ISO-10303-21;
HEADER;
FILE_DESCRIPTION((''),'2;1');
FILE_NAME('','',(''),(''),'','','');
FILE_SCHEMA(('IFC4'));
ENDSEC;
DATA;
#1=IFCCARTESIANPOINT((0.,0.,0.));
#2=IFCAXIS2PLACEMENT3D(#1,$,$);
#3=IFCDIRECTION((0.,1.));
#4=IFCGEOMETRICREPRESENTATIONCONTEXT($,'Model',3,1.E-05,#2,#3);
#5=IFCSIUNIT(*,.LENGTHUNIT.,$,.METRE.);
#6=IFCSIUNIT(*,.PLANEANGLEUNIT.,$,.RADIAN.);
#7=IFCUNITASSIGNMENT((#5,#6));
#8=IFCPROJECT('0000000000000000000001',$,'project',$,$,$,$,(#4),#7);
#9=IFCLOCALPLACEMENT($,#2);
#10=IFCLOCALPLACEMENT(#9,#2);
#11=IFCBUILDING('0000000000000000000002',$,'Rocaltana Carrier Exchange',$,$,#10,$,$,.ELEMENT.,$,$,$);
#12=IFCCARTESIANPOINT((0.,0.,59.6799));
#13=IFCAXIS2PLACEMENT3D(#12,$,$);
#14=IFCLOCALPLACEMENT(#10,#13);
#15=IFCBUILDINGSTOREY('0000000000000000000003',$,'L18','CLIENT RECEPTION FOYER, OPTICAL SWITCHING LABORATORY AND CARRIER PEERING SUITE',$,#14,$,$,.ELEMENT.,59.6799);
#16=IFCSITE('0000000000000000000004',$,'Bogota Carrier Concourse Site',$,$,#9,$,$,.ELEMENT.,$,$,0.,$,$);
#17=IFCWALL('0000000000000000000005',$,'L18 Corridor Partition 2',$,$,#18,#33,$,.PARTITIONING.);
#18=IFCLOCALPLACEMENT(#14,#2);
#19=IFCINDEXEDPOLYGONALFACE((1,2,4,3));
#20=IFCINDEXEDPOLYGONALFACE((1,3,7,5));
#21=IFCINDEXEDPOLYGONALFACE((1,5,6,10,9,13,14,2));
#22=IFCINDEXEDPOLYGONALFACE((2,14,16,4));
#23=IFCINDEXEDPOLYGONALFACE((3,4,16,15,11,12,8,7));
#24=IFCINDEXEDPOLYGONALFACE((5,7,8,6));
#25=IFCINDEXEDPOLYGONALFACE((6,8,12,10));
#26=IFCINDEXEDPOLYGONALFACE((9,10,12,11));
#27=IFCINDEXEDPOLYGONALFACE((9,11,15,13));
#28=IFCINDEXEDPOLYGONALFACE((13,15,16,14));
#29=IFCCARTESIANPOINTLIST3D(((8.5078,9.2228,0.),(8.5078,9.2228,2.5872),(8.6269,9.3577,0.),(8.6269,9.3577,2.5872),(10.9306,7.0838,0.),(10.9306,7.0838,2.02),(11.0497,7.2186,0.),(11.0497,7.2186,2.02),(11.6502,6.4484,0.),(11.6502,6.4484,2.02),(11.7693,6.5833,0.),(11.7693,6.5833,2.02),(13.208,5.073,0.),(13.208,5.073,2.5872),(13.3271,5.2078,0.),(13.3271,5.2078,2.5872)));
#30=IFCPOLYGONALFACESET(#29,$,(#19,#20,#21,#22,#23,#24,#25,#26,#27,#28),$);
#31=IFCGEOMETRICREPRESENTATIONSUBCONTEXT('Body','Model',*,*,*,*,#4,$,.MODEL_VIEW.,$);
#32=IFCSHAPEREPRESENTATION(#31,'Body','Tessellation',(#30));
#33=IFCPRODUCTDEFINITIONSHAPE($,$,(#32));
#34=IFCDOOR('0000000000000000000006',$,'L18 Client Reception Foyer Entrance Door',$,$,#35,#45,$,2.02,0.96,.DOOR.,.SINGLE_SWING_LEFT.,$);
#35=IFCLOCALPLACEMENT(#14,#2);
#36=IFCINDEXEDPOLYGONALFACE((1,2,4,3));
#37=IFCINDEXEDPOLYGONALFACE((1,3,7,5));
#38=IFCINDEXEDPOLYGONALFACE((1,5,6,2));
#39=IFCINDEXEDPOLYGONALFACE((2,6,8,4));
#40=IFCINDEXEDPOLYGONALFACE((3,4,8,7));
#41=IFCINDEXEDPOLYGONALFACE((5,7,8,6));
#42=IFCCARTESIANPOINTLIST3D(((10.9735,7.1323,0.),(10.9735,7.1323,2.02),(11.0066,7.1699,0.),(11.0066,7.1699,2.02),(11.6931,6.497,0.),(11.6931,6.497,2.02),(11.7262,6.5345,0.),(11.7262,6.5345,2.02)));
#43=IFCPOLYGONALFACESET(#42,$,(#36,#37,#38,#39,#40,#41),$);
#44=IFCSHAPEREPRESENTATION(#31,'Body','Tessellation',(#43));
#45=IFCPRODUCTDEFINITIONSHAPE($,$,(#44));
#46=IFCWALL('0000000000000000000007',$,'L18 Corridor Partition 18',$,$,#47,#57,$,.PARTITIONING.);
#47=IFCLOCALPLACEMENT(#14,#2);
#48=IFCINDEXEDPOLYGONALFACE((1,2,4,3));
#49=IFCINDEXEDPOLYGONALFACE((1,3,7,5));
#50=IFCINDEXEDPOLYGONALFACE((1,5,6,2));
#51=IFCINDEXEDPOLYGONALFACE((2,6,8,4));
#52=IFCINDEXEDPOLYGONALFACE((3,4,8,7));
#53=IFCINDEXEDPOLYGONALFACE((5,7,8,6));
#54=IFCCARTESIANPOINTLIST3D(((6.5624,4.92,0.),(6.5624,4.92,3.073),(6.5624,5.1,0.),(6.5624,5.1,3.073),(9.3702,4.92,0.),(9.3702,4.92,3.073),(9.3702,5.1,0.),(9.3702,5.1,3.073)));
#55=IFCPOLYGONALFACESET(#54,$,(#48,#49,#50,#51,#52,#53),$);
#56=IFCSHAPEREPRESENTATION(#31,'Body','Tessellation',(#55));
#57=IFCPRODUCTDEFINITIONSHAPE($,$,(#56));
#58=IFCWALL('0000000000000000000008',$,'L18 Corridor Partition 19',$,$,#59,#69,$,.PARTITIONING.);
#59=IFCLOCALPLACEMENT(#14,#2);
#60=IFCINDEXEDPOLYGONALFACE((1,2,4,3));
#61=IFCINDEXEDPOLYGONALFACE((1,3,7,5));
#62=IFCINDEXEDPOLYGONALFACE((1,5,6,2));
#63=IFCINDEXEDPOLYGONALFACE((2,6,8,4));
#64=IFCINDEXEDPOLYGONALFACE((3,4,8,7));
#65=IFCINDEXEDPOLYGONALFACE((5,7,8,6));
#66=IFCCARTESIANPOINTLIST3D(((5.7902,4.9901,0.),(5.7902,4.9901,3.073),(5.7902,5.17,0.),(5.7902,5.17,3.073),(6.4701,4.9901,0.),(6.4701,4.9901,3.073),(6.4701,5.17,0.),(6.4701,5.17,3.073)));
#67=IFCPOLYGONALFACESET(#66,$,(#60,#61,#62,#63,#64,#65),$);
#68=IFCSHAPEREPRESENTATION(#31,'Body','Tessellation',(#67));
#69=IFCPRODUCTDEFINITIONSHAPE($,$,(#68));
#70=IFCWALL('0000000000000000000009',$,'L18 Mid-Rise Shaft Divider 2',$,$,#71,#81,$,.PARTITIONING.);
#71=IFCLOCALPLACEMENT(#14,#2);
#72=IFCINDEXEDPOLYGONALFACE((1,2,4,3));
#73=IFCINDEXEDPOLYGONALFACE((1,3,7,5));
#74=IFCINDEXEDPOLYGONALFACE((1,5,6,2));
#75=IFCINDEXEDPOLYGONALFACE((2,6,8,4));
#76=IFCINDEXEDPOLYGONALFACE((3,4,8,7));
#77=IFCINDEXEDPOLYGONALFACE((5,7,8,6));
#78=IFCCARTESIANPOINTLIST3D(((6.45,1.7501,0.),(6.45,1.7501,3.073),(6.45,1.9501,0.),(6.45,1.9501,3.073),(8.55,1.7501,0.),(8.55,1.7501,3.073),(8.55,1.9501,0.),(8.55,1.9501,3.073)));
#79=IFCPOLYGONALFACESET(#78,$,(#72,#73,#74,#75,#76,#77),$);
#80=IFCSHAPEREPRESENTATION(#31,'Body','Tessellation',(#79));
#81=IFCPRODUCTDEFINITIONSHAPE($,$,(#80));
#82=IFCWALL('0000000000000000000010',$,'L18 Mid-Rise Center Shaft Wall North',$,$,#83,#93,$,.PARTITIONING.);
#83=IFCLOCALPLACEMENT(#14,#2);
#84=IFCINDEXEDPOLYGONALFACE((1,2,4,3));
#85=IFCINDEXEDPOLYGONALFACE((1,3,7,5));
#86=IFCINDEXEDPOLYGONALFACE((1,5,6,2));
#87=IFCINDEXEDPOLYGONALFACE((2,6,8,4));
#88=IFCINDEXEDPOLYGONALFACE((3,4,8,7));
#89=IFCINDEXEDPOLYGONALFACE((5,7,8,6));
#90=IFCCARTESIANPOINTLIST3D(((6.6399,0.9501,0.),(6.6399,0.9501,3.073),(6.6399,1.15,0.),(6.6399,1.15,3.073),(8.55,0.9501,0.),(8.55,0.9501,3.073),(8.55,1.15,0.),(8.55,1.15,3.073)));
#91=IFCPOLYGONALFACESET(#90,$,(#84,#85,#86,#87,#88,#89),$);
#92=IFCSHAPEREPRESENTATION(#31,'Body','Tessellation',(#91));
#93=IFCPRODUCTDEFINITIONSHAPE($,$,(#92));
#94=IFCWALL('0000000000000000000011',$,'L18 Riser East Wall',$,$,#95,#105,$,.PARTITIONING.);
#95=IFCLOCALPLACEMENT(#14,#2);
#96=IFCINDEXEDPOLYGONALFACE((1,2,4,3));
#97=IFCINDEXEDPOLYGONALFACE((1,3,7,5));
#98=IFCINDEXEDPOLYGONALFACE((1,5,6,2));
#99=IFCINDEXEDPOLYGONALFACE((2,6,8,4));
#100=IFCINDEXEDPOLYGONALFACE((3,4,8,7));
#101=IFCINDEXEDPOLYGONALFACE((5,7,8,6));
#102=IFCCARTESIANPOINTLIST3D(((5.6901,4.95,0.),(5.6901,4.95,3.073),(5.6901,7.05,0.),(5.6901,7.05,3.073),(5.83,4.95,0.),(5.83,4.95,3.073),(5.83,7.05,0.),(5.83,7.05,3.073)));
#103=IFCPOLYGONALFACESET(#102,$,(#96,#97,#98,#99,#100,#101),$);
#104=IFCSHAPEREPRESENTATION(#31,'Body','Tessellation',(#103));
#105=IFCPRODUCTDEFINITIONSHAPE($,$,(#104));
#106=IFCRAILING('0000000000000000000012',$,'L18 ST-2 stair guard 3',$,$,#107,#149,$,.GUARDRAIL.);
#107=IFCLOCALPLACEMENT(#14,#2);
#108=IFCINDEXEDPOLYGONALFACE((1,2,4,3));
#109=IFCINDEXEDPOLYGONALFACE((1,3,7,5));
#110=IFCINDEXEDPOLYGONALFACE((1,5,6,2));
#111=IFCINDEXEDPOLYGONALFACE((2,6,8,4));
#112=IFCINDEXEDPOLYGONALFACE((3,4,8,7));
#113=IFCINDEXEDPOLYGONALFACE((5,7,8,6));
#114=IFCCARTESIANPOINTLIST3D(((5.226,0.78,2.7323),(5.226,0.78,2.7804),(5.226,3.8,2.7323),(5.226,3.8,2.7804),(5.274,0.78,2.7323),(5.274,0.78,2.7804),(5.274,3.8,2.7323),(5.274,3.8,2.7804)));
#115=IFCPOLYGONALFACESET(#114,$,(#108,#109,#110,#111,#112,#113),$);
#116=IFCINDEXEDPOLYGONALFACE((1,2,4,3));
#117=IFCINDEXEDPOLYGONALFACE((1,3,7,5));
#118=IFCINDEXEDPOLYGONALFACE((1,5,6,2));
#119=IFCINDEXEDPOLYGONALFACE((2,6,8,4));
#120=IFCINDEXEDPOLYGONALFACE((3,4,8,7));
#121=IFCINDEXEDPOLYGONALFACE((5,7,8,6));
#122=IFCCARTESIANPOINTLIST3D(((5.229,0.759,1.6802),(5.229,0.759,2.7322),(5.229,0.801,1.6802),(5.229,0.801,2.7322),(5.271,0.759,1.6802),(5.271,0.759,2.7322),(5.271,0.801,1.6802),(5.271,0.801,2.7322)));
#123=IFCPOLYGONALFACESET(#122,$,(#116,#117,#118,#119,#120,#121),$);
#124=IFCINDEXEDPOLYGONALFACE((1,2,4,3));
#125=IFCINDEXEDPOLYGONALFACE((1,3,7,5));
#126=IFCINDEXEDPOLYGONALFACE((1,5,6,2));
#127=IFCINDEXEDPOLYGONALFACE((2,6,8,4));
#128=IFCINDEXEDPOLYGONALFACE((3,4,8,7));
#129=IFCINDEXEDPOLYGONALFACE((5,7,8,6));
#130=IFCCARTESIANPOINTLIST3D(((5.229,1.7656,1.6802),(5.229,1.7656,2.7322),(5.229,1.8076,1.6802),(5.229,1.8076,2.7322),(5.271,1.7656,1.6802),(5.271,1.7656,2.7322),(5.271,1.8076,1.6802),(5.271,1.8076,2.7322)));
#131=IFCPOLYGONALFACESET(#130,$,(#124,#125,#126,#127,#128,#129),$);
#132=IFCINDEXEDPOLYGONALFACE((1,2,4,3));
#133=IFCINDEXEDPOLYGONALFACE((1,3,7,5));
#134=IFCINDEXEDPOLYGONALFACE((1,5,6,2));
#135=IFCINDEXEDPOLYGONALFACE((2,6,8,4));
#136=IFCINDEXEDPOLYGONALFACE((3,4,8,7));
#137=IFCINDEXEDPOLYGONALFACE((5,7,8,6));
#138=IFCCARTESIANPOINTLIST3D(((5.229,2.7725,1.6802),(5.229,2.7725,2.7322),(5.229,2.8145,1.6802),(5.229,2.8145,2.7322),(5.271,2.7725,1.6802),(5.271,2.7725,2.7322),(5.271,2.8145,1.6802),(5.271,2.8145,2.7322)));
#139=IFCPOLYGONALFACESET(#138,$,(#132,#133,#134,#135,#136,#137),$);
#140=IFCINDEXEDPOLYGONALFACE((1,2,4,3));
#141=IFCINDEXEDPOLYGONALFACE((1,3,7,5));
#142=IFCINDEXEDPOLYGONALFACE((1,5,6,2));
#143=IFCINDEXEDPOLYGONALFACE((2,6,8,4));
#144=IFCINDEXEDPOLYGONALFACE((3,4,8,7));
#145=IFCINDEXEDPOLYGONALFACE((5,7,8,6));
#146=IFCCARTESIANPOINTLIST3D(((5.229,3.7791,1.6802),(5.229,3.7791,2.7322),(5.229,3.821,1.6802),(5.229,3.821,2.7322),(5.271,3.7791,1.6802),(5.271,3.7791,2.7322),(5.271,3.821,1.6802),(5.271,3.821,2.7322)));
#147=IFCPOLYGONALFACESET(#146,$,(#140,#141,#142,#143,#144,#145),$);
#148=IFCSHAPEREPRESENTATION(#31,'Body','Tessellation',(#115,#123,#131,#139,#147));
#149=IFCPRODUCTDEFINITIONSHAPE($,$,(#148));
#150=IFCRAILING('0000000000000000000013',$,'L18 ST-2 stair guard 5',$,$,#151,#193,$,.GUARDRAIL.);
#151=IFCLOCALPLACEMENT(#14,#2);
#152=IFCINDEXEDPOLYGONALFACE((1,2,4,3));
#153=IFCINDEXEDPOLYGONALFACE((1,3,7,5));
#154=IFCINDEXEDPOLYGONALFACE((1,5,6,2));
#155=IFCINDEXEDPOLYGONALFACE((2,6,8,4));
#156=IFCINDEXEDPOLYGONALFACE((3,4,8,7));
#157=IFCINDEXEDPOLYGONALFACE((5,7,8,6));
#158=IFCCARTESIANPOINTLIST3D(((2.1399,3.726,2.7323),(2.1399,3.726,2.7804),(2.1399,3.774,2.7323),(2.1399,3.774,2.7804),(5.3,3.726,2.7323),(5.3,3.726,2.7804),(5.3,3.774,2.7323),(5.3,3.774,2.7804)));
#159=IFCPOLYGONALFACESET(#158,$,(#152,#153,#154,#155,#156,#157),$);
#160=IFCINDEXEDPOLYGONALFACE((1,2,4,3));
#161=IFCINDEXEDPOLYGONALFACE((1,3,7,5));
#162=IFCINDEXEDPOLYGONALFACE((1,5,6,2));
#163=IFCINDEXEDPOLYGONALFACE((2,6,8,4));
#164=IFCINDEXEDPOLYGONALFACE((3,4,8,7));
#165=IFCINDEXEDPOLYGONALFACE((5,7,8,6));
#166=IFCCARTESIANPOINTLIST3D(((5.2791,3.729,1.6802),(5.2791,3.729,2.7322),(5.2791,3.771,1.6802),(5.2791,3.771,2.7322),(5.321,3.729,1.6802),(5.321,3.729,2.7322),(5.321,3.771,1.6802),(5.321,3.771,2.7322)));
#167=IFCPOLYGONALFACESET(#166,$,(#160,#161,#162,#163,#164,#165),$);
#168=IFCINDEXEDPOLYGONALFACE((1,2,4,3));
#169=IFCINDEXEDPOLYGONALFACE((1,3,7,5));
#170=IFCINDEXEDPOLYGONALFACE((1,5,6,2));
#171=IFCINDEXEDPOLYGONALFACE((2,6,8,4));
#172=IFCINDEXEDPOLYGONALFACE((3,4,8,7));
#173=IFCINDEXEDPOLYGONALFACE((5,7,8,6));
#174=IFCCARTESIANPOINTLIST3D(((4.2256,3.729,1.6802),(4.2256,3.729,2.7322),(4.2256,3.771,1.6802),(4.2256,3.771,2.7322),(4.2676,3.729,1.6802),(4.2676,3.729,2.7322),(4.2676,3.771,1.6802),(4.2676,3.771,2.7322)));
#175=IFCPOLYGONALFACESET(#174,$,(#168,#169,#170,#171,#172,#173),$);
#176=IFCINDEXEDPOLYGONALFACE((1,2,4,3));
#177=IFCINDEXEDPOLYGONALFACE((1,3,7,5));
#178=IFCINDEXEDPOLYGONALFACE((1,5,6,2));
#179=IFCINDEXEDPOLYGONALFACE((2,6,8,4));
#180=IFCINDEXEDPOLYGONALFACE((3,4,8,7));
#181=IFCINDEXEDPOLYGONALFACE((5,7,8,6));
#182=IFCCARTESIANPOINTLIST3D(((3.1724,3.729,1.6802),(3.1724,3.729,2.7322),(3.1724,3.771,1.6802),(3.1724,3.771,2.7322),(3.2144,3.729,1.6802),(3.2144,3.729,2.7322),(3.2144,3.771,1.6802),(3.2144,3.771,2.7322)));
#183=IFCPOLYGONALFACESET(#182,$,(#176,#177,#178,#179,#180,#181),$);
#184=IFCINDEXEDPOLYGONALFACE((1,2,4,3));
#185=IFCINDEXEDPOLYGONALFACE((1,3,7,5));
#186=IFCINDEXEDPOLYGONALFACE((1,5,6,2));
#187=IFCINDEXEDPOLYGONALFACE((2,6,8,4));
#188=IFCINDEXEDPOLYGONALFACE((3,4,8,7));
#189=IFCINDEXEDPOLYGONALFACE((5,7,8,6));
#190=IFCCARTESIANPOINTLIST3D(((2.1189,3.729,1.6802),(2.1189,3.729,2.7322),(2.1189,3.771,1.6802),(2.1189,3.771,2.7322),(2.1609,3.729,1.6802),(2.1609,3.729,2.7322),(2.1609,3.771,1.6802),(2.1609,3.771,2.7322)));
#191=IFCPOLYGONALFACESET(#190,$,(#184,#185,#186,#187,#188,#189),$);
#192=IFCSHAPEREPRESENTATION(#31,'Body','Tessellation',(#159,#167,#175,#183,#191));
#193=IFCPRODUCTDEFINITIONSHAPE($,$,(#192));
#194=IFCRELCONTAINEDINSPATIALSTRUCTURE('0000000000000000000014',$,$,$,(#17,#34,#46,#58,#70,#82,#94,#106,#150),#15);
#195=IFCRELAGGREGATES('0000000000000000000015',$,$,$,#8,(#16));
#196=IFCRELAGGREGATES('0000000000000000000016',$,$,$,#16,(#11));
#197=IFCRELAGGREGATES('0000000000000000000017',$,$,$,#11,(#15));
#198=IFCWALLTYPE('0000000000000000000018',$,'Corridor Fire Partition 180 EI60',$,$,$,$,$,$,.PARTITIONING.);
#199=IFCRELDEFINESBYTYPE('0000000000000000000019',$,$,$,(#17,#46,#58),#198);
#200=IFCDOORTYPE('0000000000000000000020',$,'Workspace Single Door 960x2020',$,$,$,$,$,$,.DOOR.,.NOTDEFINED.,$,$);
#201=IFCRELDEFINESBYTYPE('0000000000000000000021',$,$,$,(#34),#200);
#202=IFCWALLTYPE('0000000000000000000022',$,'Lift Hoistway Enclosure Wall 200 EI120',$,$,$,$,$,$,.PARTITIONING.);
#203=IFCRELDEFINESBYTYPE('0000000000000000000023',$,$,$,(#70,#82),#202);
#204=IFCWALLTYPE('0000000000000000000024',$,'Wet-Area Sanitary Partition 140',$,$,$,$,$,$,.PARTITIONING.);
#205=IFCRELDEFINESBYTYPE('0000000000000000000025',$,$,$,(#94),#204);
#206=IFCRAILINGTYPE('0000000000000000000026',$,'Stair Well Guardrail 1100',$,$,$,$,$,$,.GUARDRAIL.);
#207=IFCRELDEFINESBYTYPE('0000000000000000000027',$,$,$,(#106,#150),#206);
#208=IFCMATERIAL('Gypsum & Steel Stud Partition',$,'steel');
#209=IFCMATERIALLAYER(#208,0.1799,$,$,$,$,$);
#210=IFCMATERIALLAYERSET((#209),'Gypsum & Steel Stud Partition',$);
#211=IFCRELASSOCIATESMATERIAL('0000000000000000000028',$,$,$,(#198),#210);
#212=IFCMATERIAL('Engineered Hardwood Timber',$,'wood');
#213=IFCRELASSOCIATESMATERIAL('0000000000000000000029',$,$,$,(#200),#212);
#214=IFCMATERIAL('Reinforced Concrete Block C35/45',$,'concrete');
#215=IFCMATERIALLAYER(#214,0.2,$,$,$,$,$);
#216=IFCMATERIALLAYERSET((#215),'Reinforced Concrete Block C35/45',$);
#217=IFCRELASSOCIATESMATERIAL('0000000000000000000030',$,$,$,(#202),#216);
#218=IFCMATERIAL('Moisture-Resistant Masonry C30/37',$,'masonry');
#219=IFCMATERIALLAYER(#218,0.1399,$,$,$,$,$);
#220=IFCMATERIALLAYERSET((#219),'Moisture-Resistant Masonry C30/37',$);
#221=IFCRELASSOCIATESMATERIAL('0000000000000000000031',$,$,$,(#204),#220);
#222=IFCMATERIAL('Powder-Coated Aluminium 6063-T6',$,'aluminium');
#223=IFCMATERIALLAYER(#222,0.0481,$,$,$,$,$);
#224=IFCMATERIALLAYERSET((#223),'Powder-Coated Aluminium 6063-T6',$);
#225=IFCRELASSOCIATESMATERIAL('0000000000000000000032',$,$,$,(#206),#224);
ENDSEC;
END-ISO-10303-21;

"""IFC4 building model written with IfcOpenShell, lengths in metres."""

from ifc_helpers import new_model, si_unit, direction, frame, frame_2d, origin, origin_2d, place, context, subcontext, project, spatial, rectangle, extrude, material, layer, layer_set, type_object, element, fill, save


model = new_model("IFC4")

# Units and contexts
model_context = context("Model", 3, precision=1e-05, world=origin(), true_north=direction((0.0, 1.0)))
body_context = subcontext(model_context, "Body", "Model", "MODEL_VIEW")
ifc_project = project(units=[si_unit("LENGTHUNIT", "METRE"), si_unit("PLANEANGLEUNIT", "RADIAN")], contexts=[model_context])

# Site, building, storey
site_placement = place(None, origin())
site = spatial("IfcSite", under=ifc_project, at=site_placement, Name="Bogota Carrier Concourse Site", CompositionType="ELEMENT", RefElevation=0.0)
building_placement = place(site_placement, origin())
building = spatial("IfcBuilding", under=site, at=building_placement, Name="Rocaltana Carrier Exchange", CompositionType="ELEMENT")
storey_placement = place(building_placement, frame((0.0, 0.0, 59.6799)))
storey = spatial("IfcBuildingStorey", under=building, at=storey_placement, Name="L18", Description="CLIENT RECEPTION FOYER, OPTICAL SWITCHING LABORATORY AND CARRIER PEERING SUITE", CompositionType="ELEMENT", Elevation=59.6799)

# Wall, opening, door
ifc_material_1 = material(Name="Gypsum & Steel Stud Partition", Category="steel")
ifc_layer_1 = layer(ifc_material_1, 0.1799)
ifc_layer_set_1 = layer_set([ifc_layer_1], Name="Gypsum & Steel Stud Partition")
wall_type_1 = type_object("IfcWallType", Name="Corridor Fire Partition 180 EI60", PredefinedType="PARTITIONING", material=ifc_layer_set_1)
wall_1_placement = place(storey_placement, frame((8.5674, 9.2903, 0.0), z_axis=(0.0, 0.0, 1.0), x_axis=(0.749626, -0.661861, 0.0)))
wall_1 = element("IfcWall", 1, at=wall_1_placement, inside=storey, type_object=wall_type_1, Name="L18 Corridor Partition 2", PredefinedType="PARTITIONING", context=body_context, shape_type="SweptSolid", body=[
    extrude(rectangle(XDim=6.27, YDim=0.1799, at=frame_2d((3.135, 0.0))), origin(), (0.0, 0.0, 1.0), 2.5872),
])
opening_placement = place(wall_1_placement, frame((3.2319, 0.0, 0.0)))
opening = element("IfcOpeningElement", 2, at=opening_placement, cuts=wall_1, PredefinedType="OPENING", context=body_context, shape_type="SweptSolid", body=[
    extrude(rectangle(XDim=0.96, YDim=2.02, at=frame_2d((0.48, 1.01))), frame((0.0, 0.0999, 0.0), z_axis=(0.0, -1.0, 0.0), x_axis=(1.0, 0.0, 0.0)), (0.0, 0.0, 1.0), 0.2),
])
ifc_material_2 = material(Name="Engineered Hardwood Timber", Category="wood")
door_type = type_object("IfcDoorType", Name="Workspace Single Door 960x2020", OperationType="NOTDEFINED", PredefinedType="DOOR", material=ifc_material_2)
door_placement = place(opening_placement, origin())
door = element("IfcDoor", 3, at=door_placement, inside=storey, type_object=door_type, Name="L18 Client Reception Foyer Entrance Door", OperationType="SINGLE_SWING_LEFT", OverallHeight=2.02, OverallWidth=0.96, PredefinedType="DOOR", context=body_context, shape_type="SweptSolid", body=[
    extrude(rectangle(XDim=0.96, YDim=2.02, at=frame_2d((0.48, 1.01))), frame((0.0, 0.0249, 0.0), z_axis=(0.0, -1.0, 0.0), x_axis=(1.0, 0.0, 0.0)), (0.0, 0.0, 1.0), 0.05),
])
fill(opening, door)

# Walls
wall_2_placement = place(storey_placement, frame((9.3701, 5.01, 0.0), z_axis=(0.0, 0.0, 1.0), x_axis=(-1.0, 0.0, 0.0)))
element("IfcWall", 4, at=wall_2_placement, inside=storey, type_object=wall_type_1, Name="L18 Corridor Partition 18", PredefinedType="PARTITIONING", context=body_context, shape_type="SweptSolid", body=[
    extrude(rectangle(XDim=2.8079, YDim=0.1799, at=frame_2d((1.4038, 0.0))), origin(), (0.0, 0.0, 1.0), 3.073),
])
wall_3_placement = place(storey_placement, frame((6.47, 5.0801, 0.0), z_axis=(0.0, 0.0, 1.0), x_axis=(-1.0, 0.0, 0.0)))
element("IfcWall", 5, at=wall_3_placement, inside=storey, type_object=wall_type_1, Name="L18 Corridor Partition 19", PredefinedType="PARTITIONING", context=body_context, shape_type="SweptSolid", body=[
    extrude(rectangle(XDim=0.6799, YDim=0.1799, at=frame_2d((0.3398, 0.0))), origin(), (0.0, 0.0, 1.0), 3.073),
])
ifc_material_3 = material(Name="Reinforced Concrete Block C35/45", Category="concrete")
ifc_layer_2 = layer(ifc_material_3, 0.2)
ifc_layer_set_2 = layer_set([ifc_layer_2], Name="Reinforced Concrete Block C35/45")
wall_type_2 = type_object("IfcWallType", Name="Lift Hoistway Enclosure Wall 200 EI120", PredefinedType="PARTITIONING", material=ifc_layer_set_2)
wall_4_placement = place(storey_placement, frame((6.45, 1.8501, 0.0), z_axis=(0.0, 0.0, 1.0), x_axis=(1.0, 0.0, 0.0)))
element("IfcWall", 6, at=wall_4_placement, inside=storey, type_object=wall_type_2, Name="L18 Mid-Rise Shaft Divider 2", PredefinedType="PARTITIONING", context=body_context, shape_type="SweptSolid", body=[
    extrude(rectangle(XDim=2.1001, YDim=0.2, at=frame_2d((1.05, 0.0))), origin(), (0.0, 0.0, 1.0), 3.073),
])
wall_5_placement = place(storey_placement, frame((6.6399, 1.05, 0.0), z_axis=(0.0, 0.0, 1.0), x_axis=(1.0, 0.0, 0.0)))
element("IfcWall", 7, at=wall_5_placement, inside=storey, type_object=wall_type_2, Name="L18 Mid-Rise Center Shaft Wall North", PredefinedType="PARTITIONING", context=body_context, shape_type="SweptSolid", body=[
    extrude(rectangle(XDim=1.9102, YDim=0.2, at=frame_2d((0.9551, 0.0))), origin(), (0.0, 0.0, 1.0), 3.073),
])
ifc_material_4 = material(Name="Moisture-Resistant Masonry C30/37", Category="masonry")
ifc_layer_3 = layer(ifc_material_4, 0.1399)
ifc_layer_set_3 = layer_set([ifc_layer_3], Name="Moisture-Resistant Masonry C30/37")
wall_type_3 = type_object("IfcWallType", Name="Wet-Area Sanitary Partition 140", PredefinedType="PARTITIONING", material=ifc_layer_set_3)
wall_6_placement = place(storey_placement, frame((5.76, 4.95, 0.0), z_axis=(0.0, 0.0, 1.0), x_axis=(0.0, 1.0, 0.0)))
element("IfcWall", 8, at=wall_6_placement, inside=storey, type_object=wall_type_3, Name="L18 Riser East Wall", PredefinedType="PARTITIONING", context=body_context, shape_type="SweptSolid", body=[
    extrude(rectangle(XDim=2.1001, YDim=0.1399, at=frame_2d((1.05, 0.0))), origin(), (0.0, 0.0, 1.0), 3.073),
])

# Railings
ifc_material_5 = material(Name="Powder-Coated Aluminium 6063-T6", Category="aluminium")
ifc_layer_4 = layer(ifc_material_5, 0.0481)
ifc_layer_set_4 = layer_set([ifc_layer_4], Name="Powder-Coated Aluminium 6063-T6")
railing_type = type_object("IfcRailingType", Name="Stair Well Guardrail 1100", PredefinedType="GUARDRAIL", material=ifc_layer_set_4)
railing_1_placement = place(storey_placement, frame((5.25, 0.78, 1.6802)))
element("IfcRailing", 9, at=railing_1_placement, inside=storey, type_object=railing_type, Name="L18 ST-2 stair guard 3", PredefinedType="GUARDRAIL", context=body_context, shape_type="SweptSolid", body=[
    extrude(rectangle(XDim=0.0481, YDim=0.0481, at=origin_2d()), frame((0.0, 0.0, 1.0762), z_axis=(0.0, 1.0, 0.0), x_axis=(-1.0, 0.0, 0.0)), (0.0, 0.0, 1.0), 3.02),
    extrude(rectangle(XDim=0.042, YDim=0.042, at=origin_2d()), origin(), (0.0, 0.0, 1.0), 1.052),
    extrude(rectangle(XDim=0.042, YDim=0.042, at=origin_2d()), frame((0.0, 1.0066, 0.0)), (0.0, 0.0, 1.0), 1.052),
    extrude(rectangle(XDim=0.042, YDim=0.042, at=origin_2d()), frame((0.0, 2.0134, 0.0)), (0.0, 0.0, 1.0), 1.052),
    extrude(rectangle(XDim=0.042, YDim=0.042, at=origin_2d()), frame((0.0, 3.02, 0.0)), (0.0, 0.0, 1.0), 1.052),
])
railing_2_placement = place(storey_placement, frame((5.3, 3.75, 1.6802)))
element("IfcRailing", 10, at=railing_2_placement, inside=storey, type_object=railing_type, Name="L18 ST-2 stair guard 5", PredefinedType="GUARDRAIL", context=body_context, shape_type="SweptSolid", body=[
    extrude(rectangle(XDim=0.0481, YDim=0.0481, at=origin_2d()), frame((0.0, 0.0, 1.0762), z_axis=(-1.0, 0.0, 0.0), x_axis=(0.0, -1.0, 0.0)), (0.0, 0.0, 1.0), 3.1602),
    extrude(rectangle(XDim=0.042, YDim=0.042, at=origin_2d()), origin(), (0.0, 0.0, 1.0), 1.052),
    extrude(rectangle(XDim=0.042, YDim=0.042, at=origin_2d()), frame((-1.0535, 0.0, 0.0)), (0.0, 0.0, 1.0), 1.052),
    extrude(rectangle(XDim=0.042, YDim=0.042, at=origin_2d()), frame((-2.1067, 0.0, 0.0)), (0.0, 0.0, 1.0), 1.052),
    extrude(rectangle(XDim=0.042, YDim=0.042, at=origin_2d()), frame((-3.1602, 0.0, 0.0)), (0.0, 0.0, 1.0), 1.052),
])

save(model, "model.ifc")
